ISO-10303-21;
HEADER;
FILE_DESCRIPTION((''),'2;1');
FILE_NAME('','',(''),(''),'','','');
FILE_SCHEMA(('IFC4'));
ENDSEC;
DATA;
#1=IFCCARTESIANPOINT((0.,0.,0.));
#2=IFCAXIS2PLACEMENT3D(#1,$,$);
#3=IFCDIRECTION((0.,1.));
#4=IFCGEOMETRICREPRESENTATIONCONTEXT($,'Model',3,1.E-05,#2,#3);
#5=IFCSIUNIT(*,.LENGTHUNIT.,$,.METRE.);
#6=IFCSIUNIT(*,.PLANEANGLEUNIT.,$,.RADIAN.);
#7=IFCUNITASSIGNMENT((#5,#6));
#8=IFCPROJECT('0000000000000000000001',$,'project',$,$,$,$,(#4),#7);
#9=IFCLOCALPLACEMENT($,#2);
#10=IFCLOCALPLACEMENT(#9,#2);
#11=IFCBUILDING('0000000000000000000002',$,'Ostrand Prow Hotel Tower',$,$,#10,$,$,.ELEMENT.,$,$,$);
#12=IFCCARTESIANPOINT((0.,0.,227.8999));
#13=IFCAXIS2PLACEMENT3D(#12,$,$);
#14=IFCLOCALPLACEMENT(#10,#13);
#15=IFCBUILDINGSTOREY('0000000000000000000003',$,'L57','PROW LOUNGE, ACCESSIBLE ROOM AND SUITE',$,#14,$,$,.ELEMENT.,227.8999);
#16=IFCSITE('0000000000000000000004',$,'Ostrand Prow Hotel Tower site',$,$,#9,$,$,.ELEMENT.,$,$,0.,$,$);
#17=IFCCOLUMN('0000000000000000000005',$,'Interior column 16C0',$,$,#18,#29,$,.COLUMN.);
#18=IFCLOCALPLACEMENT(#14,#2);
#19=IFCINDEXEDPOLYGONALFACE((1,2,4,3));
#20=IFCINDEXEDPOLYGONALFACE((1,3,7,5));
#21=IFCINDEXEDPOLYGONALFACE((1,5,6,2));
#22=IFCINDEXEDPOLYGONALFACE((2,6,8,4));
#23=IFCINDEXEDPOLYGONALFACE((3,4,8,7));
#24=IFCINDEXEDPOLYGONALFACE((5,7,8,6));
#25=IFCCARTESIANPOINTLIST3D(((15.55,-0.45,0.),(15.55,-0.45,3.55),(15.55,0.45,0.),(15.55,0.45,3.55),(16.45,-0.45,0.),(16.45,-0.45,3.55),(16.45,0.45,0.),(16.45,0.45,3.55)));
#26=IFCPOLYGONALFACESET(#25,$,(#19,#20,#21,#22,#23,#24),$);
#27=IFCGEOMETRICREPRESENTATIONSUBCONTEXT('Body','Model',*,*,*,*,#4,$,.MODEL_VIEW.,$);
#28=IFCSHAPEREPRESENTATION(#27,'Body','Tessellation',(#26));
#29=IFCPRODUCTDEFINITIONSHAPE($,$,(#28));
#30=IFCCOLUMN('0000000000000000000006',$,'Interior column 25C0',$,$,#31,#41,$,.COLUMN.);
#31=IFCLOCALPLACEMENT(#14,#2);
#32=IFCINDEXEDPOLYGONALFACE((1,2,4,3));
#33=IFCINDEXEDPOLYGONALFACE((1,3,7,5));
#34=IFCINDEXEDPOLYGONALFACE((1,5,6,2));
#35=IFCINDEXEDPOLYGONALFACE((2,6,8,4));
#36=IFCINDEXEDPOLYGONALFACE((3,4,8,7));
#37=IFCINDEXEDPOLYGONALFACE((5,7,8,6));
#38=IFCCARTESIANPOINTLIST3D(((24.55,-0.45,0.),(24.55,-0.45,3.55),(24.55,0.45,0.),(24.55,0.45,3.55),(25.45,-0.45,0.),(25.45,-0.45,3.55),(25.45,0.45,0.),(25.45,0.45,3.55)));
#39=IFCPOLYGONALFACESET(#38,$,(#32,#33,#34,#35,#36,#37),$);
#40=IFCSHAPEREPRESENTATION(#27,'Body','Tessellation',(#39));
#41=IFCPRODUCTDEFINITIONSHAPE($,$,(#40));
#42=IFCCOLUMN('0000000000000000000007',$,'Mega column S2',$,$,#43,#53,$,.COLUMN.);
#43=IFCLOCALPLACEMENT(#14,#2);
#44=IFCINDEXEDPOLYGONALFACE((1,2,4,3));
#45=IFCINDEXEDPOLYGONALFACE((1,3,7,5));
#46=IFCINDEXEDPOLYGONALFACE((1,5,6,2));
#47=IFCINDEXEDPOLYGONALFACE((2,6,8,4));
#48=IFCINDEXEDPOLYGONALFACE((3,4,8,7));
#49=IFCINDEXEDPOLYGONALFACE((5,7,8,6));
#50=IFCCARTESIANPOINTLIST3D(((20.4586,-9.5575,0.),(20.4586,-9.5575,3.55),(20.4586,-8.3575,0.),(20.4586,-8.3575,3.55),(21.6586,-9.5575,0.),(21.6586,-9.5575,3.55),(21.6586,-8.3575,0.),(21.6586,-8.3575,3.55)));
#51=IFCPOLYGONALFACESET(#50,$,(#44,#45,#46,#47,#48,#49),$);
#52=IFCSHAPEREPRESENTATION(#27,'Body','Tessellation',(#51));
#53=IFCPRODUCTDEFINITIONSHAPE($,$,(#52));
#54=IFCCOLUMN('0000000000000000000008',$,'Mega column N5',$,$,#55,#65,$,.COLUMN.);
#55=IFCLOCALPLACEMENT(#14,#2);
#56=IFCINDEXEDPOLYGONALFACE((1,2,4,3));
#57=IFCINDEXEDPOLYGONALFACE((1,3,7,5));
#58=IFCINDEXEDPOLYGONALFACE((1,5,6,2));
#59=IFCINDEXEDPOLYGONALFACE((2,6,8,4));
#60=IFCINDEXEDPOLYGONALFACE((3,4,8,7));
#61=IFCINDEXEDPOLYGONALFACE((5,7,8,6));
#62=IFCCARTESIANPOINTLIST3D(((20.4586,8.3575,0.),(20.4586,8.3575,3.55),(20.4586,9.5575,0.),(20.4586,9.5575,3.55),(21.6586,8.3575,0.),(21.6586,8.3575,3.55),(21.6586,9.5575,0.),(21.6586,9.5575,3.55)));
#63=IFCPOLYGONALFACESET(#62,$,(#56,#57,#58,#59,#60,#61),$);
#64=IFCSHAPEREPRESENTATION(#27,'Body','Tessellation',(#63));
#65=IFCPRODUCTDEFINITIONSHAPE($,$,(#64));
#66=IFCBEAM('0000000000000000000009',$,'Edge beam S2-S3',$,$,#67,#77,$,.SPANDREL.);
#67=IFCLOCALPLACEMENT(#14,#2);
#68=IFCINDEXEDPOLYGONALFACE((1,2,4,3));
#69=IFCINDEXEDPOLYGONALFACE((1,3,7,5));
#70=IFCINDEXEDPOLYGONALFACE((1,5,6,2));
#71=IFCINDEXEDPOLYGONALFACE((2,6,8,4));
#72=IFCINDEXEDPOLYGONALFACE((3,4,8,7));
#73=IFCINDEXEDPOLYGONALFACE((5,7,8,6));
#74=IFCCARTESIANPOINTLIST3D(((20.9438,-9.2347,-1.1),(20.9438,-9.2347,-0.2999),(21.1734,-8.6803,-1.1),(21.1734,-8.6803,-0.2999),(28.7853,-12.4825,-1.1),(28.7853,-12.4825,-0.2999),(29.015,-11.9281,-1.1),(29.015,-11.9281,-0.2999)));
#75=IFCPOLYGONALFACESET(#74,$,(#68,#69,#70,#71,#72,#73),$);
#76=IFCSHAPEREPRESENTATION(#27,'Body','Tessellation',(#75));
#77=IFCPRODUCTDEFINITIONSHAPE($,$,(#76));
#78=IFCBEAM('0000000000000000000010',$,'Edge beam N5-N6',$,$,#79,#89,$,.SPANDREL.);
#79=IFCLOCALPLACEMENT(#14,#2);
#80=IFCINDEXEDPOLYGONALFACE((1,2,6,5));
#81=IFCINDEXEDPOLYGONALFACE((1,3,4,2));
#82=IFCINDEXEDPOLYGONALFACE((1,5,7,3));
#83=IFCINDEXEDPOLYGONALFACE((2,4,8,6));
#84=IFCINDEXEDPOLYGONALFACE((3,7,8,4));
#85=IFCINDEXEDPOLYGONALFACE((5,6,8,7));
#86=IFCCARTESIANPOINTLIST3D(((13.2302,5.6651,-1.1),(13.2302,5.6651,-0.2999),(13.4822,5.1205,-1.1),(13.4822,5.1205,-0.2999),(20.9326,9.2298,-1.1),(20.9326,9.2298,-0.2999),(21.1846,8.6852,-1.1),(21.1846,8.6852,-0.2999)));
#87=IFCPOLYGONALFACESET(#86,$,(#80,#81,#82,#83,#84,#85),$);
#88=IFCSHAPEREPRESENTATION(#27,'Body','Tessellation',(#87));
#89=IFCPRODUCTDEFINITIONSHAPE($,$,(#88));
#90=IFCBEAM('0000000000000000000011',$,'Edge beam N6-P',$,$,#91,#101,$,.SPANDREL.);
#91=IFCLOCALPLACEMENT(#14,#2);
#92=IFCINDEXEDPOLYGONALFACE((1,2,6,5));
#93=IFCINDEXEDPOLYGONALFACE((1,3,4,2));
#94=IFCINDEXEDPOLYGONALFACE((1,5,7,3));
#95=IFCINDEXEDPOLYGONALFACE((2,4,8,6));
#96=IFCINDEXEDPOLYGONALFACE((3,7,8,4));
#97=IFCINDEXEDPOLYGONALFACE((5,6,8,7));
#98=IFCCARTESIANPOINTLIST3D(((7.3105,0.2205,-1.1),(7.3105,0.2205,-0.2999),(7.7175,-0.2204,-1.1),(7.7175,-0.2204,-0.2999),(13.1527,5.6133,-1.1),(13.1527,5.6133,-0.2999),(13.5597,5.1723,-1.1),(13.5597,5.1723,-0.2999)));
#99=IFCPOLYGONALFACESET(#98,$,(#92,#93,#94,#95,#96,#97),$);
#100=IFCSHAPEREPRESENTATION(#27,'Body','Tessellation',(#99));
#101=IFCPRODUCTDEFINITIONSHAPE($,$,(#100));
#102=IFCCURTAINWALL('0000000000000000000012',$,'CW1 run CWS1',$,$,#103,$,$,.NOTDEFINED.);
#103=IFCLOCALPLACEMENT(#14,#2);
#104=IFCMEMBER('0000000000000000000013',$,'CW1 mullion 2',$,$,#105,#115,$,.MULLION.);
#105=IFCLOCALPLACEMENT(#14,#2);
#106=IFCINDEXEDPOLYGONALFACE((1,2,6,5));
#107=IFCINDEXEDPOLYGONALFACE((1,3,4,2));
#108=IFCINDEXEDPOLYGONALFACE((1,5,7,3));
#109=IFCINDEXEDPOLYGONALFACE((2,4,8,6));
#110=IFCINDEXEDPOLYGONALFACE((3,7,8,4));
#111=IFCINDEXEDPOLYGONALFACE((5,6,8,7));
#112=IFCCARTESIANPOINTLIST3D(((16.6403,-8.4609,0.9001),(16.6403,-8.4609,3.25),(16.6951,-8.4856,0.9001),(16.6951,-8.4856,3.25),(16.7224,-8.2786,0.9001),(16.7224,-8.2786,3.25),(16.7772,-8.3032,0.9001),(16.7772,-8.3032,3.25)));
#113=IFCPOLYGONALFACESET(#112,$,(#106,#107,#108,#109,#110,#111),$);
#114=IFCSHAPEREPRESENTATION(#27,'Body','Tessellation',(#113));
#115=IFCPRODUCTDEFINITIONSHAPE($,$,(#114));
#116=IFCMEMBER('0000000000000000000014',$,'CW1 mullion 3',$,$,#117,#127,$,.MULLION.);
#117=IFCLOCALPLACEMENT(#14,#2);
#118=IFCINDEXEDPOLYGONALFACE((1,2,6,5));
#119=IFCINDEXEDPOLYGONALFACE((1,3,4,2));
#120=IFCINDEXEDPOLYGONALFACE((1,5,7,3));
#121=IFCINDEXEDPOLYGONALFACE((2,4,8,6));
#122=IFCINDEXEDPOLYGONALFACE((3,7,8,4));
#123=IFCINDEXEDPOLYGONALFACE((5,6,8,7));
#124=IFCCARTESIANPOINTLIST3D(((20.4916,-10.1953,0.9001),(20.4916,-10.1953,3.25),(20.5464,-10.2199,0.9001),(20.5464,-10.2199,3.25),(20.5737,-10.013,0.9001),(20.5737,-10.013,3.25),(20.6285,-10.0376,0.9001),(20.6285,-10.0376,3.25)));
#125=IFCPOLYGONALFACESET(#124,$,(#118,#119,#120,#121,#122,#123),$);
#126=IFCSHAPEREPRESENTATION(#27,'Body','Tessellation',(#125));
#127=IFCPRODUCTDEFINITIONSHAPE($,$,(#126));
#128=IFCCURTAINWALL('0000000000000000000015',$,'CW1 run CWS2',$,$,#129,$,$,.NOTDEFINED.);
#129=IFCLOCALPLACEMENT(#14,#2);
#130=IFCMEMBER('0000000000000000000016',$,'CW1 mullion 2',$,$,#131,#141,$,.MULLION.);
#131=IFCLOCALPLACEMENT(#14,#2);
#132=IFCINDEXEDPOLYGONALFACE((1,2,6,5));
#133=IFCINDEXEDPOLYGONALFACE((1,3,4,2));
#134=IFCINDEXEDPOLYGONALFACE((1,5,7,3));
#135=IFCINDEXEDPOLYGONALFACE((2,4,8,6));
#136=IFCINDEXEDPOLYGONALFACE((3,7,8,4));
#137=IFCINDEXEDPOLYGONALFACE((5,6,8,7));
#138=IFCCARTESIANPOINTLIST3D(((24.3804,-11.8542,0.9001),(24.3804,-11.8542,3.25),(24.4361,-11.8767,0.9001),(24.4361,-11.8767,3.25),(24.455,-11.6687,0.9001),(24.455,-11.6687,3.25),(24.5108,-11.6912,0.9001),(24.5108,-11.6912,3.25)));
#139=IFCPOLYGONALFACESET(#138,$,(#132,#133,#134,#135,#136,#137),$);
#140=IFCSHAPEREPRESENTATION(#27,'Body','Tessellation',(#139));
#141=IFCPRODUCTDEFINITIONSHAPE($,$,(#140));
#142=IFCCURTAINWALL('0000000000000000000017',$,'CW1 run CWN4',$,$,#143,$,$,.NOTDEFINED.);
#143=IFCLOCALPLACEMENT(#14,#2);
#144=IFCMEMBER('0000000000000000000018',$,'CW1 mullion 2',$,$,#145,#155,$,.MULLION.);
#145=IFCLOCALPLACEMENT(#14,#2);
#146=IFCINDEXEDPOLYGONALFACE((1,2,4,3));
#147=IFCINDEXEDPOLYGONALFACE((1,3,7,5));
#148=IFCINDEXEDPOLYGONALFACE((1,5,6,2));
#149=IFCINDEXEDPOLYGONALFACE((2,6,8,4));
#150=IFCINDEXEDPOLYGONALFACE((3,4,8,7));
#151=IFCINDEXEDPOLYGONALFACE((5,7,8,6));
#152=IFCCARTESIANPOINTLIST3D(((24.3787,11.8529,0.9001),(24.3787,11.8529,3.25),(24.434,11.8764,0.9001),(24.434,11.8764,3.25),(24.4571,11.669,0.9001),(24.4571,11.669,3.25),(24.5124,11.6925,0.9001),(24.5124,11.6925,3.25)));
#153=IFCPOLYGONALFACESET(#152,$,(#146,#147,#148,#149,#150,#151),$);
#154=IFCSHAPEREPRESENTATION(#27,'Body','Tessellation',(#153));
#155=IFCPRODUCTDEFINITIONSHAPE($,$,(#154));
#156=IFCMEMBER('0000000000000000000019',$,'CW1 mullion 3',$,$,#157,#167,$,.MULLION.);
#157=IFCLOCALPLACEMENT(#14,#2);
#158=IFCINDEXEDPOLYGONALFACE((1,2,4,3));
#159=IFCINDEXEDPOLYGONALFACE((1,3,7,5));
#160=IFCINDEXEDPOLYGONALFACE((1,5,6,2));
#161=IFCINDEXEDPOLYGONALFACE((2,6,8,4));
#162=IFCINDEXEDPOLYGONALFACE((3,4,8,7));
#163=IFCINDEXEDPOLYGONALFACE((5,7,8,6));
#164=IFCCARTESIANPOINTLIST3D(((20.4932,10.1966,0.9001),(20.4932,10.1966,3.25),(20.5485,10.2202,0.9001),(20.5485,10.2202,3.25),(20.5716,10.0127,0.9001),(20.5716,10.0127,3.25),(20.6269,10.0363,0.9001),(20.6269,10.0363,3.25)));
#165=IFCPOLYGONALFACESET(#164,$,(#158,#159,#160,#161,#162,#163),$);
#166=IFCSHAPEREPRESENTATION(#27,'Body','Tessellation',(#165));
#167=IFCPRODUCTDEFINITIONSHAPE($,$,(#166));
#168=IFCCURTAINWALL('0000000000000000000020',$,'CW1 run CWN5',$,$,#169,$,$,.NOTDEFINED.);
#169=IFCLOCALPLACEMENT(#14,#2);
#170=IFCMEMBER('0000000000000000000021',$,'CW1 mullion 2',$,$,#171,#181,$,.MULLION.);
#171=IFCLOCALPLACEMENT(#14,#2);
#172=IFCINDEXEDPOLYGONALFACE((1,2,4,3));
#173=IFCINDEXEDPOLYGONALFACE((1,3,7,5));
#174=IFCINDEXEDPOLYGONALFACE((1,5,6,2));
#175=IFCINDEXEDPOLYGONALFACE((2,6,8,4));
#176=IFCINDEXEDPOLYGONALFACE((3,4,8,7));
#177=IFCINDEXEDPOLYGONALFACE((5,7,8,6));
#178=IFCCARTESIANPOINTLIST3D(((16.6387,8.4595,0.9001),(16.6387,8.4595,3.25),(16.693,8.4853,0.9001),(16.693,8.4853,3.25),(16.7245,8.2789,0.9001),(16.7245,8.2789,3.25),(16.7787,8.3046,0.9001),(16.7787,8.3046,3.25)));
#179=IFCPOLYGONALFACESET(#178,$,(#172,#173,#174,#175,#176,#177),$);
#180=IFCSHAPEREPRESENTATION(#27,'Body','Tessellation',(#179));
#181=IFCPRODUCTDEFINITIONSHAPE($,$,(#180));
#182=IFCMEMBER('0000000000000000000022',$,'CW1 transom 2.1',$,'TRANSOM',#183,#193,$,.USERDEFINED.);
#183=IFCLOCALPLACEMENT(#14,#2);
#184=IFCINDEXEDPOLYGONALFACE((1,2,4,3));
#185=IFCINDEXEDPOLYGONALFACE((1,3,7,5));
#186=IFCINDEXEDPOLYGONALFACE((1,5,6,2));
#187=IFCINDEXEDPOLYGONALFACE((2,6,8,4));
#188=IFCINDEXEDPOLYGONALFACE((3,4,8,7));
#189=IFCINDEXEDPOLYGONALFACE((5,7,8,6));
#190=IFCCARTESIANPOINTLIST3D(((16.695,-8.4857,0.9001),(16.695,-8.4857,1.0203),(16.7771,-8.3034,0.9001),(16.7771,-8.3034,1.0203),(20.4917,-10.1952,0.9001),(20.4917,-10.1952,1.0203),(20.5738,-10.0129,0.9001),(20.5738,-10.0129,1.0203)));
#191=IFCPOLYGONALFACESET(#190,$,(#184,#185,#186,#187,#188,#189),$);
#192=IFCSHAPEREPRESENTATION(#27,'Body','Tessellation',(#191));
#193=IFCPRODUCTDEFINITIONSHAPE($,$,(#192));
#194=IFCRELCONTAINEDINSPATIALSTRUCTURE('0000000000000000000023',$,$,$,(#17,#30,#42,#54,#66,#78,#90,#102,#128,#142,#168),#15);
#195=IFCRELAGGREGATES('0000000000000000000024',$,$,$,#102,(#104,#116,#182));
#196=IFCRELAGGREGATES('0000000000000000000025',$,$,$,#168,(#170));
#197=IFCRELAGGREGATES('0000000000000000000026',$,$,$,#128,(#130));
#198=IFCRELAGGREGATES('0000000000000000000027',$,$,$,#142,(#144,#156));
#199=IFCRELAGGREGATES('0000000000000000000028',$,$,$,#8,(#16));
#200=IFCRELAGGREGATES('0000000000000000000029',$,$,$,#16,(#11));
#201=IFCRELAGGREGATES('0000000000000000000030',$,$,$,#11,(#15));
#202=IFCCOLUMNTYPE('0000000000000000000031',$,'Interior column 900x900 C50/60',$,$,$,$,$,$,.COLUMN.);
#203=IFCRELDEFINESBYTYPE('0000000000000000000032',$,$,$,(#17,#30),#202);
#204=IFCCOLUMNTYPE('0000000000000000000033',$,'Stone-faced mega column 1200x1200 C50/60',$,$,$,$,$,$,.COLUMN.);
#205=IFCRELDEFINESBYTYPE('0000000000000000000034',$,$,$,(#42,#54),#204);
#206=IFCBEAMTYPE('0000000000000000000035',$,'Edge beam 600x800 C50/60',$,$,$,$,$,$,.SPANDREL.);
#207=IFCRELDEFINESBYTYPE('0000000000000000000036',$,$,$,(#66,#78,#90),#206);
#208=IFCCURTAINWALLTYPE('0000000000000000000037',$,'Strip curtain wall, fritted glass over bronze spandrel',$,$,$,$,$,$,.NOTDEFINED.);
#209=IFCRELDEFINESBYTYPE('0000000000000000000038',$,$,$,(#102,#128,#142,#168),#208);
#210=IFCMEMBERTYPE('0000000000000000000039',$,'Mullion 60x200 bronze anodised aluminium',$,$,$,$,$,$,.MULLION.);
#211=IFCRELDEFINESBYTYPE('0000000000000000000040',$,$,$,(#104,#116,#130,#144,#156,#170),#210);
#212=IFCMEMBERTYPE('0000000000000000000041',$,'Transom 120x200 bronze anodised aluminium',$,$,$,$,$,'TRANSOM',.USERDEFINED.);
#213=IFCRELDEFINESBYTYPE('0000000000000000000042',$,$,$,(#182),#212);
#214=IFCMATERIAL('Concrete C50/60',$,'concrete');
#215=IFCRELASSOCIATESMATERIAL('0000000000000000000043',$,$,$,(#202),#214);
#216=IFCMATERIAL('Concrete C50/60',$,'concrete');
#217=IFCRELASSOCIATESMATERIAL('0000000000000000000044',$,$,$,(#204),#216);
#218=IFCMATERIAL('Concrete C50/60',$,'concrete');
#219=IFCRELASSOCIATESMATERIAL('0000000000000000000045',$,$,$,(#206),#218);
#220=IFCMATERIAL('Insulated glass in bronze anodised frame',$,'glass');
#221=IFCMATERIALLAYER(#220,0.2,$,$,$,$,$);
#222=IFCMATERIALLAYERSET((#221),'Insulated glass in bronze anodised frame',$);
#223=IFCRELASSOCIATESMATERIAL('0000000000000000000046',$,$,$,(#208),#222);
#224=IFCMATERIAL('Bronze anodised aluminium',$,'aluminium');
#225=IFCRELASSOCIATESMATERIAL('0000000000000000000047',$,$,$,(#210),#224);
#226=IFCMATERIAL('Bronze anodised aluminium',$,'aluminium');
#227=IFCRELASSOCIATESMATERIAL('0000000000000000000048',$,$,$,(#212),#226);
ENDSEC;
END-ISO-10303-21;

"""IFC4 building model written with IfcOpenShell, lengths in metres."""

from ifc_helpers import new_model, si_unit, direction, frame, origin, origin_2d, place, context, subcontext, project, spatial, rectangle, extrude, material, layer, layer_set, material_profile, profile_set, type_object, element, aggregate, save


model = new_model("IFC4")

# Units and contexts
model_context = context("Model", 3, precision=1e-05, world=origin(), true_north=direction((0.0, 1.0)))
body_context = subcontext(model_context, "Body", "Model", "MODEL_VIEW")
ifc_project = project(units=[si_unit("LENGTHUNIT", "METRE"), si_unit("PLANEANGLEUNIT", "RADIAN")], contexts=[model_context])

# Site, building, storey
site_placement = place(None, origin())
site = spatial("IfcSite", under=ifc_project, at=site_placement, Name="Ostrand Prow Hotel Tower site", CompositionType="ELEMENT", RefElevation=0.0)
building_placement = place(site_placement, origin())
building = spatial("IfcBuilding", under=site, at=building_placement, Name="Ostrand Prow Hotel Tower", CompositionType="ELEMENT")
storey_placement = place(building_placement, frame((0.0, 0.0, 227.8999)))
storey = spatial("IfcBuildingStorey", under=building, at=storey_placement, Name="L57", Description="PROW LOUNGE, ACCESSIBLE ROOM AND SUITE", CompositionType="ELEMENT", Elevation=227.8999)

# Columns
ifc_material_1 = material(Name="Concrete C50/60", Category="concrete")
ifc_material_profile_1 = material_profile(ifc_material_1, rectangle(XDim=0.8999, YDim=0.8999, at=origin_2d()), Name="RC 900x900")
ifc_profile_set_1 = profile_set([ifc_material_profile_1], Name="Concrete C50/60")
column_type_1 = type_object("IfcColumnType", Name="Interior column 900x900 C50/60", PredefinedType="COLUMN", material=ifc_profile_set_1)
for number, where, z_axis, x_axis, name in (
    (1, (16.0, 0.0, 0.0), (0.0, 0.0, 1.0), (1.0, 0.0, 0.0), "Interior column 16C0"),
    (2, (25.0, 0.0, 0.0), (0.0, 0.0, 1.0), (1.0, 0.0, 0.0), "Interior column 25C0"),
):
    element("IfcColumn", number, at=place(storey_placement, frame(where, z_axis=z_axis, x_axis=x_axis)), inside=storey, type_object=column_type_1, Name=name, PredefinedType="COLUMN", context=body_context, shape_type="SweptSolid", body=[
        extrude(rectangle(XDim=0.8999, YDim=0.8999, at=origin_2d()), origin(), (0.0, 0.0, 1.0), 3.55),
    ])
ifc_material_2 = material(Name="Concrete C50/60", Category="concrete")
ifc_material_profile_2 = material_profile(ifc_material_2, rectangle(XDim=1.2, YDim=1.2, at=origin_2d()), Name="RC 1200x1200")
ifc_profile_set_2 = profile_set([ifc_material_profile_2], Name="Concrete C50/60")
column_type_2 = type_object("IfcColumnType", Name="Stone-faced mega column 1200x1200 C50/60", PredefinedType="COLUMN", material=ifc_profile_set_2)
for number, where, z_axis, x_axis, name in (
    (3, (21.0586, -8.9575, 0.0), (0.0, 0.0, 1.0), (1.0, 0.0, 0.0), "Mega column S2"),
    (4, (21.0586, 8.9575, 0.0), (0.0, 0.0, 1.0), (1.0, 0.0, 0.0), "Mega column N5"),
):
    element("IfcColumn", number, at=place(storey_placement, frame(where, z_axis=z_axis, x_axis=x_axis)), inside=storey, type_object=column_type_2, Name=name, PredefinedType="COLUMN", context=body_context, shape_type="SweptSolid", body=[
        extrude(rectangle(XDim=1.2, YDim=1.2, at=origin_2d()), origin(), (0.0, 0.0, 1.0), 3.55),
    ])

# Beams
ifc_material_3 = material(Name="Concrete C50/60", Category="concrete")
ifc_material_profile_3 = material_profile(ifc_material_3, rectangle(XDim=0.6001, YDim=0.8, at=origin_2d()), Name="RC 600x800")
ifc_profile_set_3 = profile_set([ifc_material_profile_3], Name="Concrete C50/60")
beam_type = type_object("IfcBeamType", Name="Edge beam 600x800 C50/60", PredefinedType="SPANDREL", material=ifc_profile_set_3)
beam_1_placement = place(storey_placement, frame((21.0586, -8.9575, -0.7), z_axis=(0.923891, -0.382656, 0.0), x_axis=(0.382656, 0.923891, 0.0)))
element("IfcBeam", 5, at=beam_1_placement, inside=storey, type_object=beam_type, Name="Edge beam S2-S3", PredefinedType="SPANDREL", context=body_context, shape_type="SweptSolid", body=[
    extrude(rectangle(XDim=0.6001, YDim=0.8, at=origin_2d()), origin(), (0.0, 0.0, 1.0), 8.4875),
])
beam_2_placement = place(storey_placement, frame((21.0586, 8.9575, -0.7), z_axis=(-0.907522, -0.420005, 0.0), x_axis=(0.420005, -0.907522, 0.0)))
element("IfcBeam", 6, at=beam_2_placement, inside=storey, type_object=beam_type, Name="Edge beam N5-N6", PredefinedType="SPANDREL", context=body_context, shape_type="SweptSolid", body=[
    extrude(rectangle(XDim=0.6001, YDim=0.8, at=origin_2d()), origin(), (0.0, 0.0, 1.0), 8.4873),
])
beam_3_placement = place(storey_placement, frame((13.3562, 5.3928, -0.7), z_axis=(-0.734807, -0.678276, 0.0), x_axis=(0.678276, -0.734807, 0.0)))
element("IfcBeam", 7, at=beam_3_placement, inside=storey, type_object=beam_type, Name="Edge beam N6-P", PredefinedType="SPANDREL", context=body_context, shape_type="SweptSolid", body=[
    extrude(rectangle(XDim=0.6001, YDim=0.8, at=origin_2d()), origin(), (0.0, 0.0, 1.0), 7.9507),
])

# Curtain wall, members
ifc_material_4 = material(Name="Insulated glass in bronze anodised frame", Category="glass")
ifc_layer_1 = layer(ifc_material_4, 0.2)
ifc_layer_set_1 = layer_set([ifc_layer_1], Name="Insulated glass in bronze anodised frame")
curtain_wall_type = type_object("IfcCurtainWallType", Name="Strip curtain wall, fritted glass over bronze spandrel", PredefinedType="NOTDEFINED", material=ifc_layer_set_1)
curtain_wall_1_placement = place(storey_placement, origin())
curtain_wall_1 = element("IfcCurtainWall", 8, at=curtain_wall_1_placement, inside=storey, type_object=curtain_wall_type, Name="CW1 run CWS1", PredefinedType="NOTDEFINED")
ifc_material_5 = material(Name="Bronze anodised aluminium", Category="aluminium")
ifc_material_profile_4 = material_profile(ifc_material_5, rectangle(XDim=0.2, YDim=0.0601, at=origin_2d()), Name="Mullion 60x200 bronze anodised aluminium")
ifc_profile_set_4 = profile_set([ifc_material_profile_4], Name="Bronze anodised aluminium")
member_type_1 = type_object("IfcMemberType", Name="Mullion 60x200 bronze anodised aluminium", PredefinedType="MULLION", material=ifc_profile_set_4)
member_1_placement = place(storey_placement, frame((16.7087, -8.3821, 0.9001), z_axis=(0.0, 0.0, 1.0), x_axis=(0.410582, 0.911824, 0.0)))
member_1 = element("IfcMember", 9, at=member_1_placement, type_object=member_type_1, Name="CW1 mullion 2", PredefinedType="MULLION", context=body_context, shape_type="SweptSolid", body=[
    extrude(rectangle(XDim=0.2, YDim=0.0601, at=origin_2d()), origin(), (0.0, 0.0, 1.0), 2.3499),
])
member_2_placement = place(storey_placement, frame((20.5601, -10.1165, 0.9001), z_axis=(0.0, 0.0, 1.0), x_axis=(0.410582, 0.911824, 0.0)))
member_2 = element("IfcMember", 10, at=member_2_placement, type_object=member_type_1, Name="CW1 mullion 3", PredefinedType="MULLION", context=body_context, shape_type="SweptSolid", body=[
    extrude(rectangle(XDim=0.2, YDim=0.0601, at=origin_2d()), origin(), (0.0, 0.0, 1.0), 2.3499),
])

# Curtain wall, member
curtain_wall_2_placement = place(storey_placement, origin())
curtain_wall_2 = element("IfcCurtainWall", 11, at=curtain_wall_2_placement, inside=storey, type_object=curtain_wall_type, Name="CW1 run CWS2", PredefinedType="NOTDEFINED")
member_3_placement = place(storey_placement, frame((24.4456, -11.7727, 0.9001), z_axis=(0.0, 0.0, 1.0), x_axis=(0.373533, 0.927617, 0.0)))
member_3 = element("IfcMember", 12, at=member_3_placement, type_object=member_type_1, Name="CW1 mullion 2", PredefinedType="MULLION", context=body_context, shape_type="SweptSolid", body=[
    extrude(rectangle(XDim=0.2, YDim=0.0601, at=origin_2d()), origin(), (0.0, 0.0, 1.0), 2.3499),
])

# Curtain wall, members
curtain_wall_3_placement = place(storey_placement, origin())
curtain_wall_3 = element("IfcCurtainWall", 13, at=curtain_wall_3_placement, inside=storey, type_object=curtain_wall_type, Name="CW1 run CWN4", PredefinedType="NOTDEFINED")
member_4_placement = place(storey_placement, frame((24.4456, 11.7727, 0.9001), z_axis=(0.0, 0.0, 1.0), x_axis=(0.392136, -0.919907, 0.0)))
member_4 = element("IfcMember", 14, at=member_4_placement, type_object=member_type_1, Name="CW1 mullion 2", PredefinedType="MULLION", context=body_context, shape_type="SweptSolid", body=[
    extrude(rectangle(XDim=0.2, YDim=0.0601, at=origin_2d()), origin(), (0.0, 0.0, 1.0), 2.3499),
])
member_5_placement = place(storey_placement, frame((20.5601, 10.1165, 0.9001), z_axis=(0.0, 0.0, 1.0), x_axis=(0.392136, -0.919907, 0.0)))
member_5 = element("IfcMember", 15, at=member_5_placement, type_object=member_type_1, Name="CW1 mullion 3", PredefinedType="MULLION", context=body_context, shape_type="SweptSolid", body=[
    extrude(rectangle(XDim=0.2, YDim=0.0601, at=origin_2d()), origin(), (0.0, 0.0, 1.0), 2.3499),
])

# Curtain wall, member
curtain_wall_4_placement = place(storey_placement, origin())
curtain_wall_4 = element("IfcCurtainWall", 16, at=curtain_wall_4_placement, inside=storey, type_object=curtain_wall_type, Name="CW1 run CWN5", PredefinedType="NOTDEFINED")
member_6_placement = place(storey_placement, frame((16.7087, 8.3821, 0.9001), z_axis=(0.0, 0.0, 1.0), x_axis=(0.428861, -0.90337, 0.0)))
member_6 = element("IfcMember", 17, at=member_6_placement, type_object=member_type_1, Name="CW1 mullion 2", PredefinedType="MULLION", context=body_context, shape_type="SweptSolid", body=[
    extrude(rectangle(XDim=0.2, YDim=0.0601, at=origin_2d()), origin(), (0.0, 0.0, 1.0), 2.3499),
])

# Member
ifc_material_6 = material(Name="Bronze anodised aluminium", Category="aluminium")
ifc_material_profile_5 = material_profile(ifc_material_6, rectangle(XDim=0.2, YDim=0.1201, at=origin_2d()), Name="Transom 120x200 bronze anodised aluminium")
ifc_profile_set_5 = profile_set([ifc_material_profile_5], Name="Bronze anodised aluminium")
member_type_2 = type_object("IfcMemberType", Name="Transom 120x200 bronze anodised aluminium", ElementType="TRANSOM", PredefinedType="USERDEFINED", material=ifc_profile_set_5)
member_7_placement = place(storey_placement, frame((16.7361, -8.3945, 0.9602), z_axis=(0.911833, -0.410562, 0.0), x_axis=(0.410562, 0.911833, 0.0)))
member_7 = element("IfcMember", 18, at=member_7_placement, type_object=member_type_2, Name="CW1 transom 2.1", ObjectType="TRANSOM", PredefinedType="USERDEFINED", context=body_context, shape_type="SweptSolid", body=[
    extrude(rectangle(XDim=0.2, YDim=0.1201, at=origin_2d()), origin(), (0.0, 0.0, 1.0), 4.1638),
])

aggregate(curtain_wall_1, [member_1, member_2, member_7])
aggregate(curtain_wall_4, [member_6])
aggregate(curtain_wall_2, [member_3])
aggregate(curtain_wall_3, [member_4, member_5])

save(model, "model.ifc")
